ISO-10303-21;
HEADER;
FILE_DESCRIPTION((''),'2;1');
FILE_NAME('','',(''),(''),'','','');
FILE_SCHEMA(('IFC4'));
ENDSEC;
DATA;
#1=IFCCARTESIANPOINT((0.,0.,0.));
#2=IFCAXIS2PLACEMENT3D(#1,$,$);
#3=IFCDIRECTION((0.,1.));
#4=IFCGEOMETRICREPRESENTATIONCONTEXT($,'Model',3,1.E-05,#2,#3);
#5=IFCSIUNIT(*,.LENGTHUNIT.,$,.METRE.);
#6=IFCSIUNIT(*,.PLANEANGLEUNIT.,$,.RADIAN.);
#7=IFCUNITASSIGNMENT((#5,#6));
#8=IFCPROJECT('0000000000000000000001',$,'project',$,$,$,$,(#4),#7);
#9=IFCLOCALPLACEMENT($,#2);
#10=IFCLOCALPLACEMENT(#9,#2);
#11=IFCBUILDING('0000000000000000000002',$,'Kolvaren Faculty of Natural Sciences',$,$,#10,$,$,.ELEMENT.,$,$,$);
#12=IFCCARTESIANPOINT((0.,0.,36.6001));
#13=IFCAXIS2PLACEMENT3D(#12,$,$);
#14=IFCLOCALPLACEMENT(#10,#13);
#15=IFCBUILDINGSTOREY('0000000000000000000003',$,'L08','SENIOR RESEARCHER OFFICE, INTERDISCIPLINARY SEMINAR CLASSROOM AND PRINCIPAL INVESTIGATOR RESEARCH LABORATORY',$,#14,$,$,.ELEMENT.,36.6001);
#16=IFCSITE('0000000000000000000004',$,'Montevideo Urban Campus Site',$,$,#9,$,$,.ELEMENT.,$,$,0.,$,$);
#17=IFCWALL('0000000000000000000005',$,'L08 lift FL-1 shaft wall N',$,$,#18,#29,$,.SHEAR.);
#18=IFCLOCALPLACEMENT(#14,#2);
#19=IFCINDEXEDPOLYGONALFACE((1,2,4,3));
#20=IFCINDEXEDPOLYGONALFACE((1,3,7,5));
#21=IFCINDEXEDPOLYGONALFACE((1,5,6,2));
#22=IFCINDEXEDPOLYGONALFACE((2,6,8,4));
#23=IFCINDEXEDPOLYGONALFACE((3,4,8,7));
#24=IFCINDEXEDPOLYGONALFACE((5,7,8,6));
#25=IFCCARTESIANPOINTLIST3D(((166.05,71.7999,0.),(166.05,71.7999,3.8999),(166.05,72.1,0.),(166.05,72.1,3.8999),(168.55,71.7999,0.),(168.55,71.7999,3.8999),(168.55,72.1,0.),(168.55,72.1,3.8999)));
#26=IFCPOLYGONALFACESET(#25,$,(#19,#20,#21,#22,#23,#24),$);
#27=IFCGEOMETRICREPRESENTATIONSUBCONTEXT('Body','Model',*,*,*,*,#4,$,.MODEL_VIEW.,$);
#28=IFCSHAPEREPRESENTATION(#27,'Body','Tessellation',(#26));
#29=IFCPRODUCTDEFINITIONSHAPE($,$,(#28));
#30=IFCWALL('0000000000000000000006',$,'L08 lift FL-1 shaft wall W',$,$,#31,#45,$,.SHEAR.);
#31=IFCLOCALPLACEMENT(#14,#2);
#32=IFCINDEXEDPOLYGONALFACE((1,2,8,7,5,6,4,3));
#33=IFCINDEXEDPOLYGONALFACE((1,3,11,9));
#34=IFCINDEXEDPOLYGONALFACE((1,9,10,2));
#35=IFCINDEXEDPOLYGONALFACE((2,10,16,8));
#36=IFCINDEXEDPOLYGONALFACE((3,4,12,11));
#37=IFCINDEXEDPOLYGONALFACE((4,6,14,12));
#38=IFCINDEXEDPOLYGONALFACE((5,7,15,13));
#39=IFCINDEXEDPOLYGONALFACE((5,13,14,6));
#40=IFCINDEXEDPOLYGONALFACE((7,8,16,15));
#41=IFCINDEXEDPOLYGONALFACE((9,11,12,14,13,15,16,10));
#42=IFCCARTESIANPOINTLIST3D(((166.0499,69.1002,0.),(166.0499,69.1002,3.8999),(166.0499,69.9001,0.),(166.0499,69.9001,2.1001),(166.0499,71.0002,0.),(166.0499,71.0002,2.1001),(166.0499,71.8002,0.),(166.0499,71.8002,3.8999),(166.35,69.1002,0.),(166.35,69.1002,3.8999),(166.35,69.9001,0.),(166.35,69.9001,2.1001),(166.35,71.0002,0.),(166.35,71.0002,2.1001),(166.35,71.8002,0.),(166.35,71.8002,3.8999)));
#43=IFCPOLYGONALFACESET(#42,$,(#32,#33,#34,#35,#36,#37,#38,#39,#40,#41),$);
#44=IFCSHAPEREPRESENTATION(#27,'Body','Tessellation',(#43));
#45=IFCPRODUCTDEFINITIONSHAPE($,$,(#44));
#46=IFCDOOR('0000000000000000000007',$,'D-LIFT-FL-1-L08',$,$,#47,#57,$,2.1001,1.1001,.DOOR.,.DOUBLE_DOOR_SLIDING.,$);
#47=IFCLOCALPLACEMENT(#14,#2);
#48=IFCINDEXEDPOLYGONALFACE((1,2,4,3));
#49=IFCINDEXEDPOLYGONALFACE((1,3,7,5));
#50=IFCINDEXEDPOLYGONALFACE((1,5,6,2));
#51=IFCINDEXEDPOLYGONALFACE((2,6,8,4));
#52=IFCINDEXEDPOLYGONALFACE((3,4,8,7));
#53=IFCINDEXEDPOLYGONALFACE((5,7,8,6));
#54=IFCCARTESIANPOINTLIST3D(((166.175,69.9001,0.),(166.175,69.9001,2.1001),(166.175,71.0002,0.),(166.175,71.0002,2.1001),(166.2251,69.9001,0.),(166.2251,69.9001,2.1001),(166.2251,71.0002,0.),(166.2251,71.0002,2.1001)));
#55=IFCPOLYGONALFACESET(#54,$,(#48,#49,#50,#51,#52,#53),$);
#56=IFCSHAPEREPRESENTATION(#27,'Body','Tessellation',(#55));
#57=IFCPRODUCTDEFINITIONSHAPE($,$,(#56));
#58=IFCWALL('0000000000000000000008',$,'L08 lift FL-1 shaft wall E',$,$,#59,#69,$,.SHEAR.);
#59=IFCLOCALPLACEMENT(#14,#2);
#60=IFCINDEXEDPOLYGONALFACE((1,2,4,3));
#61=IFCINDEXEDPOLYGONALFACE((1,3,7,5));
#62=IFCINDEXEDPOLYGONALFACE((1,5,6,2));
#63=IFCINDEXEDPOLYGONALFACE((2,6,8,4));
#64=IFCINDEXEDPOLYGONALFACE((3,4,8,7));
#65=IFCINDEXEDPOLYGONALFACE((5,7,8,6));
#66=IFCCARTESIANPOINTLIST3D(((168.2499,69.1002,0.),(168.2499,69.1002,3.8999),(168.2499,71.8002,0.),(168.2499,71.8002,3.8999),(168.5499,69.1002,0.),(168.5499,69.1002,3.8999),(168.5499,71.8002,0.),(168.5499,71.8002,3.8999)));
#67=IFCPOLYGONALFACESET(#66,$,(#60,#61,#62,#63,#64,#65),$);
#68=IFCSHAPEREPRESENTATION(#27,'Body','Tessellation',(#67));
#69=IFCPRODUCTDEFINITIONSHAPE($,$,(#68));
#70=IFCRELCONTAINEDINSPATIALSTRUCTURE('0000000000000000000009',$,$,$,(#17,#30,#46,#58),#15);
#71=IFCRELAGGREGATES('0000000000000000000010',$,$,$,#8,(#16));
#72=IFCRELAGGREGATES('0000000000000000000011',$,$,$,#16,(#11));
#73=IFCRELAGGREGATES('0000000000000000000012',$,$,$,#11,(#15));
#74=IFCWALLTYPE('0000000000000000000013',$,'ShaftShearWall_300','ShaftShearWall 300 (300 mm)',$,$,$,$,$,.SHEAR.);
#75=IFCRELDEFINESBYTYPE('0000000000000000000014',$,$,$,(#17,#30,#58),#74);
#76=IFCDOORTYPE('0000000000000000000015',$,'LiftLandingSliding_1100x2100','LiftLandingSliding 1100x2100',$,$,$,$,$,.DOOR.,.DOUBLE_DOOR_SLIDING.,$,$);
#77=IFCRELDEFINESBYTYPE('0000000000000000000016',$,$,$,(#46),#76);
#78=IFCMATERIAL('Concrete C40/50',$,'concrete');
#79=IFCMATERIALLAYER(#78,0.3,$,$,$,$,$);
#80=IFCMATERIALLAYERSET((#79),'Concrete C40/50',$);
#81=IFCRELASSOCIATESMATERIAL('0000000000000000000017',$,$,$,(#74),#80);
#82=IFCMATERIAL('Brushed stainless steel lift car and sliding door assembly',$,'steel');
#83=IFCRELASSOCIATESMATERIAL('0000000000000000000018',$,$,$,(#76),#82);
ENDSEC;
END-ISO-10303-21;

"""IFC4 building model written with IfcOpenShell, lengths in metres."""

from ifc_helpers import new_model, si_unit, direction, frame, frame_2d, origin, place, context, subcontext, project, spatial, rectangle, extrude, material, layer, layer_set, type_object, element, fill, save


model = new_model("IFC4")

# Units and contexts
model_context = context("Model", 3, precision=1e-05, world=origin(), true_north=direction((0.0, 1.0)))
body_context = subcontext(model_context, "Body", "Model", "MODEL_VIEW")
ifc_project = project(units=[si_unit("LENGTHUNIT", "METRE"), si_unit("PLANEANGLEUNIT", "RADIAN")], contexts=[model_context])

# Site, building, storey
site_placement = place(None, origin())
site = spatial("IfcSite", under=ifc_project, at=site_placement, Name="Montevideo Urban Campus Site", CompositionType="ELEMENT", RefElevation=0.0)
building_placement = place(site_placement, origin())
building = spatial("IfcBuilding", under=site, at=building_placement, Name="Kolvaren Faculty of Natural Sciences", CompositionType="ELEMENT")
storey_placement = place(building_placement, frame((0.0, 0.0, 36.6001)))
storey = spatial("IfcBuildingStorey", under=building, at=storey_placement, Name="L08", Description="SENIOR RESEARCHER OFFICE, INTERDISCIPLINARY SEMINAR CLASSROOM AND PRINCIPAL INVESTIGATOR RESEARCH LABORATORY", CompositionType="ELEMENT", Elevation=36.6001)

# Wall
ifc_material_1 = material(Name="Concrete C40/50", Category="concrete")
ifc_layer_1 = layer(ifc_material_1, 0.3)
ifc_layer_set_1 = layer_set([ifc_layer_1], Name="Concrete C40/50")
wall_type_1 = type_object("IfcWallType", Name="ShaftShearWall_300", Description="ShaftShearWall 300 (300 mm)", PredefinedType="SHEAR", material=ifc_layer_set_1)
for number, where, z_axis, x_axis, name in (
    (1, (166.05, 71.95, 0.0), (0.0, 0.0, 1.0), (1.0, 0.0, 0.0), "L08 lift FL-1 shaft wall N"),
):
    element("IfcWall", number, at=place(storey_placement, frame(where, z_axis=z_axis, x_axis=x_axis)), inside=storey, type_object=wall_type_1, Name=name, PredefinedType="SHEAR", context=body_context, shape_type="SweptSolid", body=[
        extrude(rectangle(XDim=2.5, YDim=0.3, at=frame_2d((1.25, 0.0))), origin(), (0.0, 0.0, 1.0), 3.8999),
    ])

# Wall, opening, door
wall_1_placement = place(storey_placement, frame((166.2, 69.1001, 0.0), z_axis=(0.0, 0.0, 1.0), x_axis=(0.0, 1.0, 0.0)))
wall_1 = element("IfcWall", 2, at=wall_1_placement, inside=storey, type_object=wall_type_1, Name="L08 lift FL-1 shaft wall W", PredefinedType="SHEAR", context=body_context, shape_type="SweptSolid", body=[
    extrude(rectangle(XDim=2.7, YDim=0.3, at=frame_2d((1.3501, 0.0))), origin(), (0.0, 0.0, 1.0), 3.8999),
])
opening_1_placement = place(wall_1_placement, frame((0.8, 0.0, 0.0)))
opening_1 = element("IfcOpeningElement", 3, at=opening_1_placement, cuts=wall_1, PredefinedType="OPENING", context=body_context, shape_type="SweptSolid", body=[
    extrude(rectangle(XDim=1.1001, YDim=2.1001, at=frame_2d((0.55, 1.05))), frame((0.0, 0.1599, 0.0), z_axis=(0.0, -1.0, 0.0), x_axis=(1.0, 0.0, 0.0)), (0.0, 0.0, 1.0), 0.3201),
])
ifc_material_2 = material(Name="Brushed stainless steel lift car and sliding door assembly", Category="steel")
door_type = type_object("IfcDoorType", Name="LiftLandingSliding_1100x2100", Description="LiftLandingSliding 1100x2100", OperationType="DOUBLE_DOOR_SLIDING", PredefinedType="DOOR", material=ifc_material_2)
door_placement = place(opening_1_placement, origin())
door = element("IfcDoor", 4, at=door_placement, inside=storey, type_object=door_type, Name="D-LIFT-FL-1-L08", OperationType="DOUBLE_DOOR_SLIDING", OverallHeight=2.1001, OverallWidth=1.1001, PredefinedType="DOOR", context=body_context, shape_type="SweptSolid", body=[
    extrude(rectangle(XDim=1.1001, YDim=2.1001, at=frame_2d((0.55, 1.05))), frame((0.0, 0.0249, 0.0), z_axis=(0.0, -1.0, 0.0), x_axis=(1.0, 0.0, 0.0)), (0.0, 0.0, 1.0), 0.05),
])
fill(opening_1, door)

# Wall
wall_2_placement = place(storey_placement, frame((168.3999, 69.1001, 0.0), z_axis=(0.0, 0.0, 1.0), x_axis=(0.0, 1.0, 0.0)))
element("IfcWall", 5, at=wall_2_placement, inside=storey, type_object=wall_type_1, Name="L08 lift FL-1 shaft wall E", PredefinedType="SHEAR", context=body_context, shape_type="SweptSolid", body=[
    extrude(rectangle(XDim=2.7, YDim=0.3, at=frame_2d((1.3501, 0.0))), origin(), (0.0, 0.0, 1.0), 3.8999),
])

save(model, "model.ifc")
